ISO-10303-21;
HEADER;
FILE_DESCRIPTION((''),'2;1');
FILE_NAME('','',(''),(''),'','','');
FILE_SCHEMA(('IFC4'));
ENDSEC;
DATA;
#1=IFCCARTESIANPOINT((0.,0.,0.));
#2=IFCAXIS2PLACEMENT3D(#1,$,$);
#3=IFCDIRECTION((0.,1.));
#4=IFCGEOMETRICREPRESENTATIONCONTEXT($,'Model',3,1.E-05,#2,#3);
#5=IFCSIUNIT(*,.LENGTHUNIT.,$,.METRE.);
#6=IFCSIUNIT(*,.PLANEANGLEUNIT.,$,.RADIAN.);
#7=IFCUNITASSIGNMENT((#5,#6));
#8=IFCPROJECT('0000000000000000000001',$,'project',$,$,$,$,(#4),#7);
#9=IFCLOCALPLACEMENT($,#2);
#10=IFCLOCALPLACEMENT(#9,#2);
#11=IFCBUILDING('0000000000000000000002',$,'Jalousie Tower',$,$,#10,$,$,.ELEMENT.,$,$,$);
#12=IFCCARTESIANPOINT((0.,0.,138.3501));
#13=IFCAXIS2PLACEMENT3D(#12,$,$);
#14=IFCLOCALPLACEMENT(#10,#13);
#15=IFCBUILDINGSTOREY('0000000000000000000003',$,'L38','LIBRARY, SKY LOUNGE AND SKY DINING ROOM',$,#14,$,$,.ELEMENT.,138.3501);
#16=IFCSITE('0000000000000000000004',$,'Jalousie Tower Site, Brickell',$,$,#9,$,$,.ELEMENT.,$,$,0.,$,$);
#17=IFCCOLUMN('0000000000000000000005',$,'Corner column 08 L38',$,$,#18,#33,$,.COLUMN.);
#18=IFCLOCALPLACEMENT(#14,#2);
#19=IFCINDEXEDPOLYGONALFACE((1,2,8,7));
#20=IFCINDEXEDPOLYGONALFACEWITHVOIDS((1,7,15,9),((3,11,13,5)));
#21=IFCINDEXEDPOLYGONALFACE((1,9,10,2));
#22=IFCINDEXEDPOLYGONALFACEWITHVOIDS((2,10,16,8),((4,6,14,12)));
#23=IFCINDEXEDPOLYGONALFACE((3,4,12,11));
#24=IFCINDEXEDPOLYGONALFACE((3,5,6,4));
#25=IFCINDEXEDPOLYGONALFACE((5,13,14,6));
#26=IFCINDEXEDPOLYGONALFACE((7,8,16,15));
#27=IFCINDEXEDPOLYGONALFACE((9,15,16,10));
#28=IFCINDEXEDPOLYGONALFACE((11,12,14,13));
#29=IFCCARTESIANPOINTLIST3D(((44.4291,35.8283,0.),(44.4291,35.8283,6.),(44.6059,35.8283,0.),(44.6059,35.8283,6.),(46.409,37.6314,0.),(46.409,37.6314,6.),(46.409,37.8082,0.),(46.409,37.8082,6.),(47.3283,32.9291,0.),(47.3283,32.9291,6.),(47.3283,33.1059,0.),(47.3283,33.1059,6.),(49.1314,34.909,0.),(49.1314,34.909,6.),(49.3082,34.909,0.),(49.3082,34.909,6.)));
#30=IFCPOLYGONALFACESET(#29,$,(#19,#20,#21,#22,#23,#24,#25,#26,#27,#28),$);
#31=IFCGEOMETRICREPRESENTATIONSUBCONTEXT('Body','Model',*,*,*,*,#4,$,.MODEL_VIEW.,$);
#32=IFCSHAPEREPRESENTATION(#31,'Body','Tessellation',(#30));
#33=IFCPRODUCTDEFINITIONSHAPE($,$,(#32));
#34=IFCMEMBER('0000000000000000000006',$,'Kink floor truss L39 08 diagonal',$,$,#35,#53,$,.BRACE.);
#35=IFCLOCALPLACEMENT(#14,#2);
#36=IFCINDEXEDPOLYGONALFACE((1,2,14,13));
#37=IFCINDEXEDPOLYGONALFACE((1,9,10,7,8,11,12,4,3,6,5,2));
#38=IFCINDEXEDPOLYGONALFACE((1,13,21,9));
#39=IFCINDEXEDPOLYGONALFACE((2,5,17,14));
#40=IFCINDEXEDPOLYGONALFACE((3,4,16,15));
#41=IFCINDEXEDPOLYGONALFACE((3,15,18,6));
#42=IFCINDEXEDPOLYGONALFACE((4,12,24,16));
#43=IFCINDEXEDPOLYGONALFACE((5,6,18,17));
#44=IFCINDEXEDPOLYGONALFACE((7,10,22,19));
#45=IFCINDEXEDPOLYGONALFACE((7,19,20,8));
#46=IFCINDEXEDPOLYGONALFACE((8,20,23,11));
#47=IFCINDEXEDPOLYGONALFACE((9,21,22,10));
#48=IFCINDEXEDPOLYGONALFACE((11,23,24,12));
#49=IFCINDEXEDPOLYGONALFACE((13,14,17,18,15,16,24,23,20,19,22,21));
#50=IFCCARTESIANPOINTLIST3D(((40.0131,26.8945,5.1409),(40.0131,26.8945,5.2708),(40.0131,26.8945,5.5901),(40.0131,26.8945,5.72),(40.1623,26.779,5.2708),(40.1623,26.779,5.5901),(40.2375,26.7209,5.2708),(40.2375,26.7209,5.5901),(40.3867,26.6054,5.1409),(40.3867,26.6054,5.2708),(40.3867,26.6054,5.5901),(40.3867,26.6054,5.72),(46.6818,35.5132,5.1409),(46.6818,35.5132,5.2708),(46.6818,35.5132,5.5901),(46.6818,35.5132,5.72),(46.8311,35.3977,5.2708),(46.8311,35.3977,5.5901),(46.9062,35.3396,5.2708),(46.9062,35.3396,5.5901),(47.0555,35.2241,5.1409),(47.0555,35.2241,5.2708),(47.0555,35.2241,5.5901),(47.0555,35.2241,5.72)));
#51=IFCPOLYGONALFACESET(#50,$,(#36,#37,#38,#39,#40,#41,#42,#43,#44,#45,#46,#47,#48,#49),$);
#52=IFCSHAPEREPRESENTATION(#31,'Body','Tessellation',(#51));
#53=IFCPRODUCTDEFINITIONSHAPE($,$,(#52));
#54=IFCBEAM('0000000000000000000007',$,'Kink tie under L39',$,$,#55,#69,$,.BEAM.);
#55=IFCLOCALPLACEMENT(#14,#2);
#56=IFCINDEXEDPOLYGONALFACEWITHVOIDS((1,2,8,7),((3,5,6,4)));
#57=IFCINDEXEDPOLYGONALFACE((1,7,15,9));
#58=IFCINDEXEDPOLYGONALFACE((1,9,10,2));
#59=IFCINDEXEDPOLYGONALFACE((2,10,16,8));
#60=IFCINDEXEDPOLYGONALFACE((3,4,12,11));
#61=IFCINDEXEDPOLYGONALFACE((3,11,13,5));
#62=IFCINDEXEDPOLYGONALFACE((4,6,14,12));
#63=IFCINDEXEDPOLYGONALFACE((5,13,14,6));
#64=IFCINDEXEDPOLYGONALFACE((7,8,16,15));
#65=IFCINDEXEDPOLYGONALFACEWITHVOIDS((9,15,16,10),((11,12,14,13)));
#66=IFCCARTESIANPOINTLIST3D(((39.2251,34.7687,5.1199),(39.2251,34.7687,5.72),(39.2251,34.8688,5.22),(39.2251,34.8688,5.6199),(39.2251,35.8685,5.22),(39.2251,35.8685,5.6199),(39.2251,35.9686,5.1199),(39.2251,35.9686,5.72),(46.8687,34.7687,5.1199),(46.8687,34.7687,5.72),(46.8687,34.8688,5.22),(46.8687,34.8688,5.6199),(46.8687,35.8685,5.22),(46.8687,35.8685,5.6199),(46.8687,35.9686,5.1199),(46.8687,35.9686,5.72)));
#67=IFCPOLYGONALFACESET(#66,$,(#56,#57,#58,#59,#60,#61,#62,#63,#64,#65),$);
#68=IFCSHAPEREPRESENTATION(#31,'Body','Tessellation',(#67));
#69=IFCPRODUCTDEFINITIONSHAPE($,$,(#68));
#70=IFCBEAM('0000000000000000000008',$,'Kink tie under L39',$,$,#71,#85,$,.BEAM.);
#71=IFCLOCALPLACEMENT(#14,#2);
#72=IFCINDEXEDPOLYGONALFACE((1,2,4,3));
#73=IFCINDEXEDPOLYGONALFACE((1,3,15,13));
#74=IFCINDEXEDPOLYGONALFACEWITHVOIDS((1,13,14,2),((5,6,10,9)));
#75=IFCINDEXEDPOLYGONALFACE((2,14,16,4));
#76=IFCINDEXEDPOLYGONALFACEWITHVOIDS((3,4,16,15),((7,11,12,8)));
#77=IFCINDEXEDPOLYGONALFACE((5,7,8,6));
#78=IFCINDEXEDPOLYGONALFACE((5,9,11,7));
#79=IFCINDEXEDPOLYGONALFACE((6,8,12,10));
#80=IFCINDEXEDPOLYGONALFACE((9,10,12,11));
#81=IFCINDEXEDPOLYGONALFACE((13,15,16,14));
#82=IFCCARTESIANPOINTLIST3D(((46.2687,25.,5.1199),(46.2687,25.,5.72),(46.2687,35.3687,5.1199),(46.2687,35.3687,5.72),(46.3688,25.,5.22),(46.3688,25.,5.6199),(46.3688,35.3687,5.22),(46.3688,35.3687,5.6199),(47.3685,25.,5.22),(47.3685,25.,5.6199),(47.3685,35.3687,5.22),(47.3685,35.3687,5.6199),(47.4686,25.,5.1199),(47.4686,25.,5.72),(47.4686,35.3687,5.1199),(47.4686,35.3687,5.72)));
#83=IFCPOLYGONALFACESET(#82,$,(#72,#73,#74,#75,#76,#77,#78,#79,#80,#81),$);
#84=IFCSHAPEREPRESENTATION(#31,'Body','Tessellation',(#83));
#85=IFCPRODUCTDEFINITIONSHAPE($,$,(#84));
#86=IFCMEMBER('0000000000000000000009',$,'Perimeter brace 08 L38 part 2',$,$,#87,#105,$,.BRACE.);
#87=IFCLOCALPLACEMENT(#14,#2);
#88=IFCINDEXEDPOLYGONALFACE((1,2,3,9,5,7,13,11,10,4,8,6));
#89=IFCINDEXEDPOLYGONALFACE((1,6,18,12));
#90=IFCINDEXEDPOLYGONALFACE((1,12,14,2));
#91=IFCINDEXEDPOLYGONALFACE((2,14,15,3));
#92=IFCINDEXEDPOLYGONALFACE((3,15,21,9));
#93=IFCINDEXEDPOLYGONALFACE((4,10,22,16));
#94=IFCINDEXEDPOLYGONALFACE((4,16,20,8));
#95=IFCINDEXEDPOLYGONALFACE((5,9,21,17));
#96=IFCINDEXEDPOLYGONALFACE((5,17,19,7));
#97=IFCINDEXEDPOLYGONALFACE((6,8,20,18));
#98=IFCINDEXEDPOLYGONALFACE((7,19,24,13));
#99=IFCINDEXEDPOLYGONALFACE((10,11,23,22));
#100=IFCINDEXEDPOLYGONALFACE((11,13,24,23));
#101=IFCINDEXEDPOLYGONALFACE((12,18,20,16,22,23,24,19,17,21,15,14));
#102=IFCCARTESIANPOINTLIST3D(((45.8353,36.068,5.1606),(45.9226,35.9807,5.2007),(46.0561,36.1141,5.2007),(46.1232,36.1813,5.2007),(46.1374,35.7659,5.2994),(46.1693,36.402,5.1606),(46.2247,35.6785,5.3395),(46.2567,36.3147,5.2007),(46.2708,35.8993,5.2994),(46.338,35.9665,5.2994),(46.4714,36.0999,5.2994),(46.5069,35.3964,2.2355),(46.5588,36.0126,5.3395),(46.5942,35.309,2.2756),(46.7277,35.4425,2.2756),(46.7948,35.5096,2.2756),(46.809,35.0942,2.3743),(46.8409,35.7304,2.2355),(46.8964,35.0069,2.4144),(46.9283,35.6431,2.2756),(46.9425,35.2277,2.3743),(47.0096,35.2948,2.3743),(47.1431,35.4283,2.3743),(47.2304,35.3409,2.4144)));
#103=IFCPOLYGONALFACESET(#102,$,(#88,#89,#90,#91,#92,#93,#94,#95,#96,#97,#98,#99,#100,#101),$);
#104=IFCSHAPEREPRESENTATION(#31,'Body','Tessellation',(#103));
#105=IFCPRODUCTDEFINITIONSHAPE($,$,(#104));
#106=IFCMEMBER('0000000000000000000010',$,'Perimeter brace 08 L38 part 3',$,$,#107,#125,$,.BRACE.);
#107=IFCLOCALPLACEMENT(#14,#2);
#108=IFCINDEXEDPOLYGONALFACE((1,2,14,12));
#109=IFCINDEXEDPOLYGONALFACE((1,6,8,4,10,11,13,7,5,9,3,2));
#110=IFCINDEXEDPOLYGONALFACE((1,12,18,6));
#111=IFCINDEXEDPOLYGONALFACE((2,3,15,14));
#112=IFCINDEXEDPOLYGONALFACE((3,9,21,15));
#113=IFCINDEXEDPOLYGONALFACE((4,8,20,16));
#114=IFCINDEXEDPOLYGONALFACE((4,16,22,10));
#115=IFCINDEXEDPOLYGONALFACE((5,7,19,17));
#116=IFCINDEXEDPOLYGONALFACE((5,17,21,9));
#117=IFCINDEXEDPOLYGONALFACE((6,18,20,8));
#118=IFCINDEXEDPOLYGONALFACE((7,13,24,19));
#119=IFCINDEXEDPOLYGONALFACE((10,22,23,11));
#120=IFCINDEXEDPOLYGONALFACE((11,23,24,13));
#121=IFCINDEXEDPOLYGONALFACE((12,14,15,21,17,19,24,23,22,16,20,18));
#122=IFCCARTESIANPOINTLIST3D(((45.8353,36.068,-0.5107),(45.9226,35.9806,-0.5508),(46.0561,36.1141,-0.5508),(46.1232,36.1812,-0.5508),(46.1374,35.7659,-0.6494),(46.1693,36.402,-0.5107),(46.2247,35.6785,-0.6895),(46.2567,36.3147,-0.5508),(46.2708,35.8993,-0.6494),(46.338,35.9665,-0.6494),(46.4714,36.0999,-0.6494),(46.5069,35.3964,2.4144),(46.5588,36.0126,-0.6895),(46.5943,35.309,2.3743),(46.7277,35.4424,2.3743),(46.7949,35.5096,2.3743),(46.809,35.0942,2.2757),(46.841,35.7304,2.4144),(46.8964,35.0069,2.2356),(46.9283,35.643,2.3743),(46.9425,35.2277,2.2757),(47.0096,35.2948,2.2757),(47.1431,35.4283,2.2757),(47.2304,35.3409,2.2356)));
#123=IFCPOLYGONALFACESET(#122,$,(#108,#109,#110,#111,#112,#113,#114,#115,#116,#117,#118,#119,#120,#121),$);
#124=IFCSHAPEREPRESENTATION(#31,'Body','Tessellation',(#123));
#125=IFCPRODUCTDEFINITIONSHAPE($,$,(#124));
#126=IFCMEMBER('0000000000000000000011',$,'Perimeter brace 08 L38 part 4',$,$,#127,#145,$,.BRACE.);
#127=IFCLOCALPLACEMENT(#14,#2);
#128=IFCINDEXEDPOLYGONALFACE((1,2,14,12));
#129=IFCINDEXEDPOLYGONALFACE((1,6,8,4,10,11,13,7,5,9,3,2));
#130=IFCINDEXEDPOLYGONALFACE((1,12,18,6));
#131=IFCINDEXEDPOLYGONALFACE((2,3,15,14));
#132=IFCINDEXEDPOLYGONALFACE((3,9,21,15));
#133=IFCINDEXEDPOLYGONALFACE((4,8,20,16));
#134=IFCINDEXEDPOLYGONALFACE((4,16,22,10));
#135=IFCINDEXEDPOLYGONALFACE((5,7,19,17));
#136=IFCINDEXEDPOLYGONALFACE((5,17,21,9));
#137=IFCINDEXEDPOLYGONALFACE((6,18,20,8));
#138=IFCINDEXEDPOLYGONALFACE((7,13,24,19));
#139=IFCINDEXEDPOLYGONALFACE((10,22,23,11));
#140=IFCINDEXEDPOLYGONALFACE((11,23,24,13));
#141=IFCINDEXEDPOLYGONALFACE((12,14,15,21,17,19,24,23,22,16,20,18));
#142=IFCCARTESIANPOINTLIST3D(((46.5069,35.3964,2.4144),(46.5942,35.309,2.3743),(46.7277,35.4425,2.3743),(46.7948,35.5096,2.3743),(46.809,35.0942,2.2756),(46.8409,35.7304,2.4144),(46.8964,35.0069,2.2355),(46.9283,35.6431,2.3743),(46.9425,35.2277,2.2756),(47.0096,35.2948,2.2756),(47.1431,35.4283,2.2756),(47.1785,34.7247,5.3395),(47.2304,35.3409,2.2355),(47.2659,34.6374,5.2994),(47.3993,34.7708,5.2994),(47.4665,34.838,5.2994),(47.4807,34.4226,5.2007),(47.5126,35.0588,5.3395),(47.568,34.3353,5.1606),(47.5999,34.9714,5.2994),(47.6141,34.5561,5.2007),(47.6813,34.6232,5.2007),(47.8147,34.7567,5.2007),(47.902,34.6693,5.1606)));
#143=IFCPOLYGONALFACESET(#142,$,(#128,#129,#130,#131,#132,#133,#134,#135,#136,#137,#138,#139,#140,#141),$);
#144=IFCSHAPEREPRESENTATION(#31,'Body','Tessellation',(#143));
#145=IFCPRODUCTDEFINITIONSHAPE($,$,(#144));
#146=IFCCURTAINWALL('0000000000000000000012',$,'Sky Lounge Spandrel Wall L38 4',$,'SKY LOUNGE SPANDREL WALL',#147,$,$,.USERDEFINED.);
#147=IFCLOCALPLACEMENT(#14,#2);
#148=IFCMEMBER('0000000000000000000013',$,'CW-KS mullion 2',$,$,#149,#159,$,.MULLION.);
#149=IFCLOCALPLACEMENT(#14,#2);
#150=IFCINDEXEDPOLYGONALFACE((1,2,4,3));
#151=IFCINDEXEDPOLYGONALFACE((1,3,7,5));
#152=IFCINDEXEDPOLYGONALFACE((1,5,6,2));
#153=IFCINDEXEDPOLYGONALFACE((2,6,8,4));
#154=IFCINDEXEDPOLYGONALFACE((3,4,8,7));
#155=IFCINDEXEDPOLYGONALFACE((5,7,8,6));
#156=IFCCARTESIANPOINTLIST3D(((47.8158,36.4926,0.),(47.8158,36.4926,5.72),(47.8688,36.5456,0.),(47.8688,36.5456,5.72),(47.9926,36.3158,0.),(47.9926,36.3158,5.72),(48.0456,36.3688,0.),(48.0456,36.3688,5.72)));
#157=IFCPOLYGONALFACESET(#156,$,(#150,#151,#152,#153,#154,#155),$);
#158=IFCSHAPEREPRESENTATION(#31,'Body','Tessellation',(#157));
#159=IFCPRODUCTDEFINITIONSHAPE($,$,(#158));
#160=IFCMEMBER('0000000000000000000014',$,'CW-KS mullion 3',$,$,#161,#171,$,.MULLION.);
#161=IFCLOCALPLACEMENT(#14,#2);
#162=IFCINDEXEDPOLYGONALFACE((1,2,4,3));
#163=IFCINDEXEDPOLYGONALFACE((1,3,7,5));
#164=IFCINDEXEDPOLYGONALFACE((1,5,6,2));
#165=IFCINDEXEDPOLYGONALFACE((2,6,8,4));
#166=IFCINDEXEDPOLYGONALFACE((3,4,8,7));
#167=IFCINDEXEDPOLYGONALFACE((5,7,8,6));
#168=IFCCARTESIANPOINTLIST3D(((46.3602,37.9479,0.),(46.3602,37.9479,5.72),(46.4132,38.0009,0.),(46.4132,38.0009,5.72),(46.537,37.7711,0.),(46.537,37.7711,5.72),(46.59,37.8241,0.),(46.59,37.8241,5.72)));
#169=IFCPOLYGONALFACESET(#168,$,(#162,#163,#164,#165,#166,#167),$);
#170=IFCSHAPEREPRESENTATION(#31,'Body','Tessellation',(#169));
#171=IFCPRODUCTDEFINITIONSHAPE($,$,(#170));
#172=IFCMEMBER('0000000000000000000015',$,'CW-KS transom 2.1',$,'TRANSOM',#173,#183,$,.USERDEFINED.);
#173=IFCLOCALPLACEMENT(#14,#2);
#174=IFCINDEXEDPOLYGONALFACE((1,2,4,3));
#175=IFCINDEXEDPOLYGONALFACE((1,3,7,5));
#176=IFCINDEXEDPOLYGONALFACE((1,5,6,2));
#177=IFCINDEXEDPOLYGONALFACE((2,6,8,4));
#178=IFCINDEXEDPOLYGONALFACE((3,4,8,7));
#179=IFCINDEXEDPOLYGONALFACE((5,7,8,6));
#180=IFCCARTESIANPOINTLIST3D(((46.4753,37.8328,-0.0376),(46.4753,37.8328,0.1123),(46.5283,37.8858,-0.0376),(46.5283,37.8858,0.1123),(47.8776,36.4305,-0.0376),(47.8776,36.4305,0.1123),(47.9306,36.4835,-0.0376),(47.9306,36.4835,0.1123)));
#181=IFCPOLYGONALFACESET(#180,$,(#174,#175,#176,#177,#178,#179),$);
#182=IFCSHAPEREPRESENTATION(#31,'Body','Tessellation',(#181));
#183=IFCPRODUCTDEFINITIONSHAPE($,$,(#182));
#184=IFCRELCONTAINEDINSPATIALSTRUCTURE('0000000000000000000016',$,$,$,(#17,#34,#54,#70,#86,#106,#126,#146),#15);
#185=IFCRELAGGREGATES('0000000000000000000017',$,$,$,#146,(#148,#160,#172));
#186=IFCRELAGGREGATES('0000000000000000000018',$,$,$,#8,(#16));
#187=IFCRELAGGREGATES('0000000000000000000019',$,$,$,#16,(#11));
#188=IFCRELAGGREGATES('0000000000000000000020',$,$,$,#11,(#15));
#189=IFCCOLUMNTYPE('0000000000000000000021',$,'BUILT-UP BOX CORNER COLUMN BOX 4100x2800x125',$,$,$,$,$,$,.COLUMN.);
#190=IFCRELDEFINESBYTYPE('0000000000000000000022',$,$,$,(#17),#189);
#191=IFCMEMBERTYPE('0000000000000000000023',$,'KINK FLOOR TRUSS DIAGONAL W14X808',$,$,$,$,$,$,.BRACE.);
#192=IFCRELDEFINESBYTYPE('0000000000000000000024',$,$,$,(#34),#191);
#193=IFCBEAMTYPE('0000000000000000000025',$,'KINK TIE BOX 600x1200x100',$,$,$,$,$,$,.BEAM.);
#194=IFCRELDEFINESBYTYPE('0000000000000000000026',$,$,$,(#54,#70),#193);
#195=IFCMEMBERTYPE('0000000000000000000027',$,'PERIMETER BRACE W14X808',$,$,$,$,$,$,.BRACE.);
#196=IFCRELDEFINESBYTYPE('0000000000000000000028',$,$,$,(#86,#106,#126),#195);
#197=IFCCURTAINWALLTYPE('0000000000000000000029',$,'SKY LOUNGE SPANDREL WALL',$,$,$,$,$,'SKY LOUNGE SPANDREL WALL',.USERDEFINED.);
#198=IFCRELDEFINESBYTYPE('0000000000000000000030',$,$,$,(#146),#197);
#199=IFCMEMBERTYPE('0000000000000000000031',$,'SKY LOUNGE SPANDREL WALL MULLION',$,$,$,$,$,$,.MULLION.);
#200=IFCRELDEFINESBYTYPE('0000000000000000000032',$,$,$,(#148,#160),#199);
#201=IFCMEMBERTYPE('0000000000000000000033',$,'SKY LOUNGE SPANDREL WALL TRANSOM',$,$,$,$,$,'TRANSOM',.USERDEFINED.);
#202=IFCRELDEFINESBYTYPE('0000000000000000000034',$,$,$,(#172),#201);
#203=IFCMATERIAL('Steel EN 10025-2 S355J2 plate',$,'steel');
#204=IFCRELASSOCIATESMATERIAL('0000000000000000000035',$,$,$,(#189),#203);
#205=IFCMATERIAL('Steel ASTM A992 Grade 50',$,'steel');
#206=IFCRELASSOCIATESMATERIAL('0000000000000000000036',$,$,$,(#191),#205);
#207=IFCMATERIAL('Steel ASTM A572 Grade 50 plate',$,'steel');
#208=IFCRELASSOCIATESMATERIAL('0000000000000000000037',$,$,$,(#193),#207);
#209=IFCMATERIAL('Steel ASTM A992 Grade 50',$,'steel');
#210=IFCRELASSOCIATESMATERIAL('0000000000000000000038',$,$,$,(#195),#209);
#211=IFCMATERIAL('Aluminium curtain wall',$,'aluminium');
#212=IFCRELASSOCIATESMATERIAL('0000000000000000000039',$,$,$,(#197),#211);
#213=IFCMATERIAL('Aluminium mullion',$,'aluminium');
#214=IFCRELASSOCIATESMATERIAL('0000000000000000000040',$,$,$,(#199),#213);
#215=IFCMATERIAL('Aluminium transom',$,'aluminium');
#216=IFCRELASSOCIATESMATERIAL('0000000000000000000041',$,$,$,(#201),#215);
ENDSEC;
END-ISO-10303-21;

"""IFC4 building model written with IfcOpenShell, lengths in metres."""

from ifc_helpers import new_model, si_unit, direction, frame, origin, origin_2d, place, context, subcontext, project, spatial, rectangle, hollow_rectangle, i_section, extrude, material, material_profile, profile_set, type_object, element, aggregate, save


model = new_model("IFC4")

# Units and contexts
model_context = context("Model", 3, precision=1e-05, world=origin(), true_north=direction((0.0, 1.0)))
body_context = subcontext(model_context, "Body", "Model", "MODEL_VIEW")
ifc_project = project(units=[si_unit("LENGTHUNIT", "METRE"), si_unit("PLANEANGLEUNIT", "RADIAN")], contexts=[model_context])

# Site, building, storey
site_placement = place(None, origin())
site = spatial("IfcSite", under=ifc_project, at=site_placement, Name="Jalousie Tower Site, Brickell", CompositionType="ELEMENT", RefElevation=0.0)
building_placement = place(site_placement, origin())
building = spatial("IfcBuilding", under=site, at=building_placement, Name="Jalousie Tower", CompositionType="ELEMENT")
storey_placement = place(building_placement, frame((0.0, 0.0, 138.3501)))
storey = spatial("IfcBuildingStorey", under=building, at=storey_placement, Name="L38", Description="LIBRARY, SKY LOUNGE AND SKY DINING ROOM", CompositionType="ELEMENT", Elevation=138.3501)

# Column
ifc_material_1 = material(Name="Steel EN 10025-2 S355J2 plate", Category="steel")
ifc_material_profile_1 = material_profile(ifc_material_1, hollow_rectangle(XDim=2.8, YDim=4.1001, WallThickness=0.125, at=origin_2d()), Name="BOX 4100x2800x125")
ifc_profile_set_1 = profile_set([ifc_material_profile_1], Name="Steel EN 10025-2 S355J2 plate")
column_type = type_object("IfcColumnType", Name="BUILT-UP BOX CORNER COLUMN BOX 4100x2800x125", PredefinedType="COLUMN", material=ifc_profile_set_1)
column_placement = place(storey_placement, frame((46.8687, 35.3687, 0.0), z_axis=(0.0, 0.0, 1.0), x_axis=(-0.707107, -0.707107, 0.0)))
element("IfcColumn", 1, at=column_placement, inside=storey, type_object=column_type, Name="Corner column 08 L38", PredefinedType="COLUMN", context=body_context, shape_type="SweptSolid", body=[
    extrude(hollow_rectangle(XDim=2.8, YDim=4.1001, WallThickness=0.125, at=origin_2d()), origin(), (0.0, 0.0, 1.0), 6.0),
])

# Member
ifc_material_2 = material(Name="Steel ASTM A992 Grade 50", Category="steel")
ifc_material_profile_2 = material_profile(ifc_material_2, i_section(OverallWidth=0.4724, OverallDepth=0.5791, WebThickness=0.095, FlangeThickness=0.1299, at=origin_2d()), Name="W14X808")
ifc_profile_set_2 = profile_set([ifc_material_profile_2], Name="Steel ASTM A992 Grade 50")
member_type_1 = type_object("IfcMemberType", Name="KINK FLOOR TRUSS DIAGONAL W14X808", PredefinedType="BRACE", material=ifc_profile_set_2)
member_1_placement = place(storey_placement, frame((46.8687, 35.3687, 5.4304), z_axis=(-0.611955, -0.790893, 0.0), x_axis=(0.790893, -0.611955, 0.0)))
element("IfcMember", 2, at=member_1_placement, inside=storey, type_object=member_type_1, Name="Kink floor truss L39 08 diagonal", PredefinedType="BRACE", context=body_context, shape_type="SweptSolid", body=[
    extrude(i_section(OverallWidth=0.4724, OverallDepth=0.5791, WebThickness=0.095, FlangeThickness=0.1299, at=origin_2d()), origin(), (0.0, 0.0, 1.0), 10.8975),
])

# Beams
ifc_material_3 = material(Name="Steel ASTM A572 Grade 50 plate", Category="steel")
ifc_material_profile_3 = material_profile(ifc_material_3, hollow_rectangle(XDim=1.2, YDim=0.6001, WallThickness=0.1001, at=origin_2d()), Name="BOX 600x1200x100")
ifc_profile_set_3 = profile_set([ifc_material_profile_3], Name="Steel ASTM A572 Grade 50 plate")
beam_type = type_object("IfcBeamType", Name="KINK TIE BOX 600x1200x100", PredefinedType="BEAM", material=ifc_profile_set_3)
beam_1_placement = place(storey_placement, frame((46.8687, 35.3687, 5.4199), z_axis=(-1.0, 0.0, 0.0), x_axis=(0.0, -1.0, 0.0)))
element("IfcBeam", 3, at=beam_1_placement, inside=storey, type_object=beam_type, Name="Kink tie under L39", PredefinedType="BEAM", context=body_context, shape_type="SweptSolid", body=[
    extrude(hollow_rectangle(XDim=1.2, YDim=0.6001, WallThickness=0.1001, at=origin_2d()), origin(), (0.0, 0.0, 1.0), 7.6436),
])
beam_2_placement = place(storey_placement, frame((46.8687, 35.3687, 5.4199), z_axis=(0.0, -1.0, 0.0), x_axis=(1.0, 0.0, 0.0)))
element("IfcBeam", 4, at=beam_2_placement, inside=storey, type_object=beam_type, Name="Kink tie under L39", PredefinedType="BEAM", context=body_context, shape_type="SweptSolid", body=[
    extrude(hollow_rectangle(XDim=1.2, YDim=0.6001, WallThickness=0.1001, at=origin_2d()), origin(), (0.0, 0.0, 1.0), 10.3687),
])

# Members
ifc_material_4 = material(Name="Steel ASTM A992 Grade 50", Category="steel")
ifc_material_profile_4 = material_profile(ifc_material_4, i_section(OverallWidth=0.4724, OverallDepth=0.5791, WebThickness=0.095, FlangeThickness=0.1299, at=origin_2d()), Name="W14X808")
ifc_profile_set_4 = profile_set([ifc_material_profile_4], Name="Steel ASTM A992 Grade 50")
member_type_2 = type_object("IfcMemberType", Name="PERIMETER BRACE W14X808", PredefinedType="BRACE", material=ifc_profile_set_4)
for number, where, z_axis, x_axis, name in (
    (5, (46.8687, 35.3687, 2.325), (-0.218388, 0.218388, 0.951112), (-0.707107, -0.707107, 0.0), "Perimeter brace 08 L38 part 2"),
    (6, (46.197, 36.0403, -0.6001), (0.218388, -0.218388, 0.951112), (0.707107, 0.707107, 0.0), "Perimeter brace 08 L38 part 3"),
    (7, (46.8687, 35.3687, 2.325), (0.218388, -0.218388, 0.951112), (0.707107, 0.707107, 0.0), "Perimeter brace 08 L38 part 4"),
):
    element("IfcMember", number, at=place(storey_placement, frame(where, z_axis=z_axis, x_axis=x_axis)), inside=storey, type_object=member_type_2, Name=name, PredefinedType="BRACE", context=body_context, shape_type="SweptSolid", body=[
        extrude(i_section(OverallWidth=0.4724, OverallDepth=0.5791, WebThickness=0.095, FlangeThickness=0.1299, at=origin_2d()), origin(), (0.0, 0.0, 1.0), 3.0754),
    ])

# Curtain wall, members
ifc_material_5 = material(Name="Aluminium curtain wall", Category="aluminium")
curtain_wall_type_1 = type_object("IfcCurtainWallType", Name="SKY LOUNGE SPANDREL WALL", ElementType="SKY LOUNGE SPANDREL WALL", PredefinedType="USERDEFINED", material=ifc_material_5)
curtain_wall_1_placement = place(storey_placement, origin())
curtain_wall_1 = element("IfcCurtainWall", 8, at=curtain_wall_1_placement, inside=storey, type_object=curtain_wall_type_1, Name="Sky Lounge Spandrel Wall L38 4", ObjectType="SKY LOUNGE SPANDREL WALL", PredefinedType="USERDEFINED")
ifc_material_6 = material(Name="Aluminium mullion", Category="aluminium")
ifc_material_profile_5 = material_profile(ifc_material_6, rectangle(XDim=0.075, YDim=0.25, at=origin_2d()), Name="MULLION 75x250")
ifc_profile_set_5 = profile_set([ifc_material_profile_5], Name="Aluminium mullion")
member_type_3 = type_object("IfcMemberType", Name="SKY LOUNGE SPANDREL WALL MULLION", PredefinedType="MULLION", material=ifc_profile_set_5)
member_2_placement = place(storey_placement, frame((47.9307, 36.4307, 0.0), z_axis=(0.0, 0.0, 1.0), x_axis=(-0.707107, -0.707107, 0.0)))
member_2 = element("IfcMember", 9, at=member_2_placement, type_object=member_type_3, Name="CW-KS mullion 2", PredefinedType="MULLION", context=body_context, shape_type="SweptSolid", body=[
    extrude(rectangle(XDim=0.075, YDim=0.25, at=origin_2d()), origin(), (0.0, 0.0, 1.0), 5.72),
])
member_3_placement = place(storey_placement, frame((46.4751, 37.886, 0.0), z_axis=(0.0, 0.0, 1.0), x_axis=(-0.707107, -0.707107, 0.0)))
member_3 = element("IfcMember", 10, at=member_3_placement, type_object=member_type_3, Name="CW-KS mullion 3", PredefinedType="MULLION", context=body_context, shape_type="SweptSolid", body=[
    extrude(rectangle(XDim=0.075, YDim=0.25, at=origin_2d()), origin(), (0.0, 0.0, 1.0), 5.72),
])
ifc_material_7 = material(Name="Aluminium transom", Category="aluminium")
ifc_material_profile_6 = material_profile(ifc_material_7, rectangle(XDim=0.075, YDim=0.1499, at=origin_2d()), Name="TRANSOM 75x150")
ifc_profile_set_6 = profile_set([ifc_material_profile_6], Name="Aluminium transom")
member_type_4 = type_object("IfcMemberType", Name="SKY LOUNGE SPANDREL WALL TRANSOM", ElementType="TRANSOM", PredefinedType="USERDEFINED", material=ifc_profile_set_6)
member_4_placement = place(storey_placement, frame((47.9041, 36.457, 0.0374), z_axis=(-0.707107, 0.707107, 0.0), x_axis=(-0.707107, -0.707107, 0.0)))
member_4 = element("IfcMember", 11, at=member_4_placement, type_object=member_type_4, Name="CW-KS transom 2.1", ObjectType="TRANSOM", PredefinedType="USERDEFINED", context=body_context, shape_type="SweptSolid", body=[
    extrude(rectangle(XDim=0.075, YDim=0.1499, at=origin_2d()), origin(), (0.0, 0.0, 1.0), 1.9832),
])

aggregate(curtain_wall_1, [member_2, member_3, member_4])

save(model, "model.ifc")
